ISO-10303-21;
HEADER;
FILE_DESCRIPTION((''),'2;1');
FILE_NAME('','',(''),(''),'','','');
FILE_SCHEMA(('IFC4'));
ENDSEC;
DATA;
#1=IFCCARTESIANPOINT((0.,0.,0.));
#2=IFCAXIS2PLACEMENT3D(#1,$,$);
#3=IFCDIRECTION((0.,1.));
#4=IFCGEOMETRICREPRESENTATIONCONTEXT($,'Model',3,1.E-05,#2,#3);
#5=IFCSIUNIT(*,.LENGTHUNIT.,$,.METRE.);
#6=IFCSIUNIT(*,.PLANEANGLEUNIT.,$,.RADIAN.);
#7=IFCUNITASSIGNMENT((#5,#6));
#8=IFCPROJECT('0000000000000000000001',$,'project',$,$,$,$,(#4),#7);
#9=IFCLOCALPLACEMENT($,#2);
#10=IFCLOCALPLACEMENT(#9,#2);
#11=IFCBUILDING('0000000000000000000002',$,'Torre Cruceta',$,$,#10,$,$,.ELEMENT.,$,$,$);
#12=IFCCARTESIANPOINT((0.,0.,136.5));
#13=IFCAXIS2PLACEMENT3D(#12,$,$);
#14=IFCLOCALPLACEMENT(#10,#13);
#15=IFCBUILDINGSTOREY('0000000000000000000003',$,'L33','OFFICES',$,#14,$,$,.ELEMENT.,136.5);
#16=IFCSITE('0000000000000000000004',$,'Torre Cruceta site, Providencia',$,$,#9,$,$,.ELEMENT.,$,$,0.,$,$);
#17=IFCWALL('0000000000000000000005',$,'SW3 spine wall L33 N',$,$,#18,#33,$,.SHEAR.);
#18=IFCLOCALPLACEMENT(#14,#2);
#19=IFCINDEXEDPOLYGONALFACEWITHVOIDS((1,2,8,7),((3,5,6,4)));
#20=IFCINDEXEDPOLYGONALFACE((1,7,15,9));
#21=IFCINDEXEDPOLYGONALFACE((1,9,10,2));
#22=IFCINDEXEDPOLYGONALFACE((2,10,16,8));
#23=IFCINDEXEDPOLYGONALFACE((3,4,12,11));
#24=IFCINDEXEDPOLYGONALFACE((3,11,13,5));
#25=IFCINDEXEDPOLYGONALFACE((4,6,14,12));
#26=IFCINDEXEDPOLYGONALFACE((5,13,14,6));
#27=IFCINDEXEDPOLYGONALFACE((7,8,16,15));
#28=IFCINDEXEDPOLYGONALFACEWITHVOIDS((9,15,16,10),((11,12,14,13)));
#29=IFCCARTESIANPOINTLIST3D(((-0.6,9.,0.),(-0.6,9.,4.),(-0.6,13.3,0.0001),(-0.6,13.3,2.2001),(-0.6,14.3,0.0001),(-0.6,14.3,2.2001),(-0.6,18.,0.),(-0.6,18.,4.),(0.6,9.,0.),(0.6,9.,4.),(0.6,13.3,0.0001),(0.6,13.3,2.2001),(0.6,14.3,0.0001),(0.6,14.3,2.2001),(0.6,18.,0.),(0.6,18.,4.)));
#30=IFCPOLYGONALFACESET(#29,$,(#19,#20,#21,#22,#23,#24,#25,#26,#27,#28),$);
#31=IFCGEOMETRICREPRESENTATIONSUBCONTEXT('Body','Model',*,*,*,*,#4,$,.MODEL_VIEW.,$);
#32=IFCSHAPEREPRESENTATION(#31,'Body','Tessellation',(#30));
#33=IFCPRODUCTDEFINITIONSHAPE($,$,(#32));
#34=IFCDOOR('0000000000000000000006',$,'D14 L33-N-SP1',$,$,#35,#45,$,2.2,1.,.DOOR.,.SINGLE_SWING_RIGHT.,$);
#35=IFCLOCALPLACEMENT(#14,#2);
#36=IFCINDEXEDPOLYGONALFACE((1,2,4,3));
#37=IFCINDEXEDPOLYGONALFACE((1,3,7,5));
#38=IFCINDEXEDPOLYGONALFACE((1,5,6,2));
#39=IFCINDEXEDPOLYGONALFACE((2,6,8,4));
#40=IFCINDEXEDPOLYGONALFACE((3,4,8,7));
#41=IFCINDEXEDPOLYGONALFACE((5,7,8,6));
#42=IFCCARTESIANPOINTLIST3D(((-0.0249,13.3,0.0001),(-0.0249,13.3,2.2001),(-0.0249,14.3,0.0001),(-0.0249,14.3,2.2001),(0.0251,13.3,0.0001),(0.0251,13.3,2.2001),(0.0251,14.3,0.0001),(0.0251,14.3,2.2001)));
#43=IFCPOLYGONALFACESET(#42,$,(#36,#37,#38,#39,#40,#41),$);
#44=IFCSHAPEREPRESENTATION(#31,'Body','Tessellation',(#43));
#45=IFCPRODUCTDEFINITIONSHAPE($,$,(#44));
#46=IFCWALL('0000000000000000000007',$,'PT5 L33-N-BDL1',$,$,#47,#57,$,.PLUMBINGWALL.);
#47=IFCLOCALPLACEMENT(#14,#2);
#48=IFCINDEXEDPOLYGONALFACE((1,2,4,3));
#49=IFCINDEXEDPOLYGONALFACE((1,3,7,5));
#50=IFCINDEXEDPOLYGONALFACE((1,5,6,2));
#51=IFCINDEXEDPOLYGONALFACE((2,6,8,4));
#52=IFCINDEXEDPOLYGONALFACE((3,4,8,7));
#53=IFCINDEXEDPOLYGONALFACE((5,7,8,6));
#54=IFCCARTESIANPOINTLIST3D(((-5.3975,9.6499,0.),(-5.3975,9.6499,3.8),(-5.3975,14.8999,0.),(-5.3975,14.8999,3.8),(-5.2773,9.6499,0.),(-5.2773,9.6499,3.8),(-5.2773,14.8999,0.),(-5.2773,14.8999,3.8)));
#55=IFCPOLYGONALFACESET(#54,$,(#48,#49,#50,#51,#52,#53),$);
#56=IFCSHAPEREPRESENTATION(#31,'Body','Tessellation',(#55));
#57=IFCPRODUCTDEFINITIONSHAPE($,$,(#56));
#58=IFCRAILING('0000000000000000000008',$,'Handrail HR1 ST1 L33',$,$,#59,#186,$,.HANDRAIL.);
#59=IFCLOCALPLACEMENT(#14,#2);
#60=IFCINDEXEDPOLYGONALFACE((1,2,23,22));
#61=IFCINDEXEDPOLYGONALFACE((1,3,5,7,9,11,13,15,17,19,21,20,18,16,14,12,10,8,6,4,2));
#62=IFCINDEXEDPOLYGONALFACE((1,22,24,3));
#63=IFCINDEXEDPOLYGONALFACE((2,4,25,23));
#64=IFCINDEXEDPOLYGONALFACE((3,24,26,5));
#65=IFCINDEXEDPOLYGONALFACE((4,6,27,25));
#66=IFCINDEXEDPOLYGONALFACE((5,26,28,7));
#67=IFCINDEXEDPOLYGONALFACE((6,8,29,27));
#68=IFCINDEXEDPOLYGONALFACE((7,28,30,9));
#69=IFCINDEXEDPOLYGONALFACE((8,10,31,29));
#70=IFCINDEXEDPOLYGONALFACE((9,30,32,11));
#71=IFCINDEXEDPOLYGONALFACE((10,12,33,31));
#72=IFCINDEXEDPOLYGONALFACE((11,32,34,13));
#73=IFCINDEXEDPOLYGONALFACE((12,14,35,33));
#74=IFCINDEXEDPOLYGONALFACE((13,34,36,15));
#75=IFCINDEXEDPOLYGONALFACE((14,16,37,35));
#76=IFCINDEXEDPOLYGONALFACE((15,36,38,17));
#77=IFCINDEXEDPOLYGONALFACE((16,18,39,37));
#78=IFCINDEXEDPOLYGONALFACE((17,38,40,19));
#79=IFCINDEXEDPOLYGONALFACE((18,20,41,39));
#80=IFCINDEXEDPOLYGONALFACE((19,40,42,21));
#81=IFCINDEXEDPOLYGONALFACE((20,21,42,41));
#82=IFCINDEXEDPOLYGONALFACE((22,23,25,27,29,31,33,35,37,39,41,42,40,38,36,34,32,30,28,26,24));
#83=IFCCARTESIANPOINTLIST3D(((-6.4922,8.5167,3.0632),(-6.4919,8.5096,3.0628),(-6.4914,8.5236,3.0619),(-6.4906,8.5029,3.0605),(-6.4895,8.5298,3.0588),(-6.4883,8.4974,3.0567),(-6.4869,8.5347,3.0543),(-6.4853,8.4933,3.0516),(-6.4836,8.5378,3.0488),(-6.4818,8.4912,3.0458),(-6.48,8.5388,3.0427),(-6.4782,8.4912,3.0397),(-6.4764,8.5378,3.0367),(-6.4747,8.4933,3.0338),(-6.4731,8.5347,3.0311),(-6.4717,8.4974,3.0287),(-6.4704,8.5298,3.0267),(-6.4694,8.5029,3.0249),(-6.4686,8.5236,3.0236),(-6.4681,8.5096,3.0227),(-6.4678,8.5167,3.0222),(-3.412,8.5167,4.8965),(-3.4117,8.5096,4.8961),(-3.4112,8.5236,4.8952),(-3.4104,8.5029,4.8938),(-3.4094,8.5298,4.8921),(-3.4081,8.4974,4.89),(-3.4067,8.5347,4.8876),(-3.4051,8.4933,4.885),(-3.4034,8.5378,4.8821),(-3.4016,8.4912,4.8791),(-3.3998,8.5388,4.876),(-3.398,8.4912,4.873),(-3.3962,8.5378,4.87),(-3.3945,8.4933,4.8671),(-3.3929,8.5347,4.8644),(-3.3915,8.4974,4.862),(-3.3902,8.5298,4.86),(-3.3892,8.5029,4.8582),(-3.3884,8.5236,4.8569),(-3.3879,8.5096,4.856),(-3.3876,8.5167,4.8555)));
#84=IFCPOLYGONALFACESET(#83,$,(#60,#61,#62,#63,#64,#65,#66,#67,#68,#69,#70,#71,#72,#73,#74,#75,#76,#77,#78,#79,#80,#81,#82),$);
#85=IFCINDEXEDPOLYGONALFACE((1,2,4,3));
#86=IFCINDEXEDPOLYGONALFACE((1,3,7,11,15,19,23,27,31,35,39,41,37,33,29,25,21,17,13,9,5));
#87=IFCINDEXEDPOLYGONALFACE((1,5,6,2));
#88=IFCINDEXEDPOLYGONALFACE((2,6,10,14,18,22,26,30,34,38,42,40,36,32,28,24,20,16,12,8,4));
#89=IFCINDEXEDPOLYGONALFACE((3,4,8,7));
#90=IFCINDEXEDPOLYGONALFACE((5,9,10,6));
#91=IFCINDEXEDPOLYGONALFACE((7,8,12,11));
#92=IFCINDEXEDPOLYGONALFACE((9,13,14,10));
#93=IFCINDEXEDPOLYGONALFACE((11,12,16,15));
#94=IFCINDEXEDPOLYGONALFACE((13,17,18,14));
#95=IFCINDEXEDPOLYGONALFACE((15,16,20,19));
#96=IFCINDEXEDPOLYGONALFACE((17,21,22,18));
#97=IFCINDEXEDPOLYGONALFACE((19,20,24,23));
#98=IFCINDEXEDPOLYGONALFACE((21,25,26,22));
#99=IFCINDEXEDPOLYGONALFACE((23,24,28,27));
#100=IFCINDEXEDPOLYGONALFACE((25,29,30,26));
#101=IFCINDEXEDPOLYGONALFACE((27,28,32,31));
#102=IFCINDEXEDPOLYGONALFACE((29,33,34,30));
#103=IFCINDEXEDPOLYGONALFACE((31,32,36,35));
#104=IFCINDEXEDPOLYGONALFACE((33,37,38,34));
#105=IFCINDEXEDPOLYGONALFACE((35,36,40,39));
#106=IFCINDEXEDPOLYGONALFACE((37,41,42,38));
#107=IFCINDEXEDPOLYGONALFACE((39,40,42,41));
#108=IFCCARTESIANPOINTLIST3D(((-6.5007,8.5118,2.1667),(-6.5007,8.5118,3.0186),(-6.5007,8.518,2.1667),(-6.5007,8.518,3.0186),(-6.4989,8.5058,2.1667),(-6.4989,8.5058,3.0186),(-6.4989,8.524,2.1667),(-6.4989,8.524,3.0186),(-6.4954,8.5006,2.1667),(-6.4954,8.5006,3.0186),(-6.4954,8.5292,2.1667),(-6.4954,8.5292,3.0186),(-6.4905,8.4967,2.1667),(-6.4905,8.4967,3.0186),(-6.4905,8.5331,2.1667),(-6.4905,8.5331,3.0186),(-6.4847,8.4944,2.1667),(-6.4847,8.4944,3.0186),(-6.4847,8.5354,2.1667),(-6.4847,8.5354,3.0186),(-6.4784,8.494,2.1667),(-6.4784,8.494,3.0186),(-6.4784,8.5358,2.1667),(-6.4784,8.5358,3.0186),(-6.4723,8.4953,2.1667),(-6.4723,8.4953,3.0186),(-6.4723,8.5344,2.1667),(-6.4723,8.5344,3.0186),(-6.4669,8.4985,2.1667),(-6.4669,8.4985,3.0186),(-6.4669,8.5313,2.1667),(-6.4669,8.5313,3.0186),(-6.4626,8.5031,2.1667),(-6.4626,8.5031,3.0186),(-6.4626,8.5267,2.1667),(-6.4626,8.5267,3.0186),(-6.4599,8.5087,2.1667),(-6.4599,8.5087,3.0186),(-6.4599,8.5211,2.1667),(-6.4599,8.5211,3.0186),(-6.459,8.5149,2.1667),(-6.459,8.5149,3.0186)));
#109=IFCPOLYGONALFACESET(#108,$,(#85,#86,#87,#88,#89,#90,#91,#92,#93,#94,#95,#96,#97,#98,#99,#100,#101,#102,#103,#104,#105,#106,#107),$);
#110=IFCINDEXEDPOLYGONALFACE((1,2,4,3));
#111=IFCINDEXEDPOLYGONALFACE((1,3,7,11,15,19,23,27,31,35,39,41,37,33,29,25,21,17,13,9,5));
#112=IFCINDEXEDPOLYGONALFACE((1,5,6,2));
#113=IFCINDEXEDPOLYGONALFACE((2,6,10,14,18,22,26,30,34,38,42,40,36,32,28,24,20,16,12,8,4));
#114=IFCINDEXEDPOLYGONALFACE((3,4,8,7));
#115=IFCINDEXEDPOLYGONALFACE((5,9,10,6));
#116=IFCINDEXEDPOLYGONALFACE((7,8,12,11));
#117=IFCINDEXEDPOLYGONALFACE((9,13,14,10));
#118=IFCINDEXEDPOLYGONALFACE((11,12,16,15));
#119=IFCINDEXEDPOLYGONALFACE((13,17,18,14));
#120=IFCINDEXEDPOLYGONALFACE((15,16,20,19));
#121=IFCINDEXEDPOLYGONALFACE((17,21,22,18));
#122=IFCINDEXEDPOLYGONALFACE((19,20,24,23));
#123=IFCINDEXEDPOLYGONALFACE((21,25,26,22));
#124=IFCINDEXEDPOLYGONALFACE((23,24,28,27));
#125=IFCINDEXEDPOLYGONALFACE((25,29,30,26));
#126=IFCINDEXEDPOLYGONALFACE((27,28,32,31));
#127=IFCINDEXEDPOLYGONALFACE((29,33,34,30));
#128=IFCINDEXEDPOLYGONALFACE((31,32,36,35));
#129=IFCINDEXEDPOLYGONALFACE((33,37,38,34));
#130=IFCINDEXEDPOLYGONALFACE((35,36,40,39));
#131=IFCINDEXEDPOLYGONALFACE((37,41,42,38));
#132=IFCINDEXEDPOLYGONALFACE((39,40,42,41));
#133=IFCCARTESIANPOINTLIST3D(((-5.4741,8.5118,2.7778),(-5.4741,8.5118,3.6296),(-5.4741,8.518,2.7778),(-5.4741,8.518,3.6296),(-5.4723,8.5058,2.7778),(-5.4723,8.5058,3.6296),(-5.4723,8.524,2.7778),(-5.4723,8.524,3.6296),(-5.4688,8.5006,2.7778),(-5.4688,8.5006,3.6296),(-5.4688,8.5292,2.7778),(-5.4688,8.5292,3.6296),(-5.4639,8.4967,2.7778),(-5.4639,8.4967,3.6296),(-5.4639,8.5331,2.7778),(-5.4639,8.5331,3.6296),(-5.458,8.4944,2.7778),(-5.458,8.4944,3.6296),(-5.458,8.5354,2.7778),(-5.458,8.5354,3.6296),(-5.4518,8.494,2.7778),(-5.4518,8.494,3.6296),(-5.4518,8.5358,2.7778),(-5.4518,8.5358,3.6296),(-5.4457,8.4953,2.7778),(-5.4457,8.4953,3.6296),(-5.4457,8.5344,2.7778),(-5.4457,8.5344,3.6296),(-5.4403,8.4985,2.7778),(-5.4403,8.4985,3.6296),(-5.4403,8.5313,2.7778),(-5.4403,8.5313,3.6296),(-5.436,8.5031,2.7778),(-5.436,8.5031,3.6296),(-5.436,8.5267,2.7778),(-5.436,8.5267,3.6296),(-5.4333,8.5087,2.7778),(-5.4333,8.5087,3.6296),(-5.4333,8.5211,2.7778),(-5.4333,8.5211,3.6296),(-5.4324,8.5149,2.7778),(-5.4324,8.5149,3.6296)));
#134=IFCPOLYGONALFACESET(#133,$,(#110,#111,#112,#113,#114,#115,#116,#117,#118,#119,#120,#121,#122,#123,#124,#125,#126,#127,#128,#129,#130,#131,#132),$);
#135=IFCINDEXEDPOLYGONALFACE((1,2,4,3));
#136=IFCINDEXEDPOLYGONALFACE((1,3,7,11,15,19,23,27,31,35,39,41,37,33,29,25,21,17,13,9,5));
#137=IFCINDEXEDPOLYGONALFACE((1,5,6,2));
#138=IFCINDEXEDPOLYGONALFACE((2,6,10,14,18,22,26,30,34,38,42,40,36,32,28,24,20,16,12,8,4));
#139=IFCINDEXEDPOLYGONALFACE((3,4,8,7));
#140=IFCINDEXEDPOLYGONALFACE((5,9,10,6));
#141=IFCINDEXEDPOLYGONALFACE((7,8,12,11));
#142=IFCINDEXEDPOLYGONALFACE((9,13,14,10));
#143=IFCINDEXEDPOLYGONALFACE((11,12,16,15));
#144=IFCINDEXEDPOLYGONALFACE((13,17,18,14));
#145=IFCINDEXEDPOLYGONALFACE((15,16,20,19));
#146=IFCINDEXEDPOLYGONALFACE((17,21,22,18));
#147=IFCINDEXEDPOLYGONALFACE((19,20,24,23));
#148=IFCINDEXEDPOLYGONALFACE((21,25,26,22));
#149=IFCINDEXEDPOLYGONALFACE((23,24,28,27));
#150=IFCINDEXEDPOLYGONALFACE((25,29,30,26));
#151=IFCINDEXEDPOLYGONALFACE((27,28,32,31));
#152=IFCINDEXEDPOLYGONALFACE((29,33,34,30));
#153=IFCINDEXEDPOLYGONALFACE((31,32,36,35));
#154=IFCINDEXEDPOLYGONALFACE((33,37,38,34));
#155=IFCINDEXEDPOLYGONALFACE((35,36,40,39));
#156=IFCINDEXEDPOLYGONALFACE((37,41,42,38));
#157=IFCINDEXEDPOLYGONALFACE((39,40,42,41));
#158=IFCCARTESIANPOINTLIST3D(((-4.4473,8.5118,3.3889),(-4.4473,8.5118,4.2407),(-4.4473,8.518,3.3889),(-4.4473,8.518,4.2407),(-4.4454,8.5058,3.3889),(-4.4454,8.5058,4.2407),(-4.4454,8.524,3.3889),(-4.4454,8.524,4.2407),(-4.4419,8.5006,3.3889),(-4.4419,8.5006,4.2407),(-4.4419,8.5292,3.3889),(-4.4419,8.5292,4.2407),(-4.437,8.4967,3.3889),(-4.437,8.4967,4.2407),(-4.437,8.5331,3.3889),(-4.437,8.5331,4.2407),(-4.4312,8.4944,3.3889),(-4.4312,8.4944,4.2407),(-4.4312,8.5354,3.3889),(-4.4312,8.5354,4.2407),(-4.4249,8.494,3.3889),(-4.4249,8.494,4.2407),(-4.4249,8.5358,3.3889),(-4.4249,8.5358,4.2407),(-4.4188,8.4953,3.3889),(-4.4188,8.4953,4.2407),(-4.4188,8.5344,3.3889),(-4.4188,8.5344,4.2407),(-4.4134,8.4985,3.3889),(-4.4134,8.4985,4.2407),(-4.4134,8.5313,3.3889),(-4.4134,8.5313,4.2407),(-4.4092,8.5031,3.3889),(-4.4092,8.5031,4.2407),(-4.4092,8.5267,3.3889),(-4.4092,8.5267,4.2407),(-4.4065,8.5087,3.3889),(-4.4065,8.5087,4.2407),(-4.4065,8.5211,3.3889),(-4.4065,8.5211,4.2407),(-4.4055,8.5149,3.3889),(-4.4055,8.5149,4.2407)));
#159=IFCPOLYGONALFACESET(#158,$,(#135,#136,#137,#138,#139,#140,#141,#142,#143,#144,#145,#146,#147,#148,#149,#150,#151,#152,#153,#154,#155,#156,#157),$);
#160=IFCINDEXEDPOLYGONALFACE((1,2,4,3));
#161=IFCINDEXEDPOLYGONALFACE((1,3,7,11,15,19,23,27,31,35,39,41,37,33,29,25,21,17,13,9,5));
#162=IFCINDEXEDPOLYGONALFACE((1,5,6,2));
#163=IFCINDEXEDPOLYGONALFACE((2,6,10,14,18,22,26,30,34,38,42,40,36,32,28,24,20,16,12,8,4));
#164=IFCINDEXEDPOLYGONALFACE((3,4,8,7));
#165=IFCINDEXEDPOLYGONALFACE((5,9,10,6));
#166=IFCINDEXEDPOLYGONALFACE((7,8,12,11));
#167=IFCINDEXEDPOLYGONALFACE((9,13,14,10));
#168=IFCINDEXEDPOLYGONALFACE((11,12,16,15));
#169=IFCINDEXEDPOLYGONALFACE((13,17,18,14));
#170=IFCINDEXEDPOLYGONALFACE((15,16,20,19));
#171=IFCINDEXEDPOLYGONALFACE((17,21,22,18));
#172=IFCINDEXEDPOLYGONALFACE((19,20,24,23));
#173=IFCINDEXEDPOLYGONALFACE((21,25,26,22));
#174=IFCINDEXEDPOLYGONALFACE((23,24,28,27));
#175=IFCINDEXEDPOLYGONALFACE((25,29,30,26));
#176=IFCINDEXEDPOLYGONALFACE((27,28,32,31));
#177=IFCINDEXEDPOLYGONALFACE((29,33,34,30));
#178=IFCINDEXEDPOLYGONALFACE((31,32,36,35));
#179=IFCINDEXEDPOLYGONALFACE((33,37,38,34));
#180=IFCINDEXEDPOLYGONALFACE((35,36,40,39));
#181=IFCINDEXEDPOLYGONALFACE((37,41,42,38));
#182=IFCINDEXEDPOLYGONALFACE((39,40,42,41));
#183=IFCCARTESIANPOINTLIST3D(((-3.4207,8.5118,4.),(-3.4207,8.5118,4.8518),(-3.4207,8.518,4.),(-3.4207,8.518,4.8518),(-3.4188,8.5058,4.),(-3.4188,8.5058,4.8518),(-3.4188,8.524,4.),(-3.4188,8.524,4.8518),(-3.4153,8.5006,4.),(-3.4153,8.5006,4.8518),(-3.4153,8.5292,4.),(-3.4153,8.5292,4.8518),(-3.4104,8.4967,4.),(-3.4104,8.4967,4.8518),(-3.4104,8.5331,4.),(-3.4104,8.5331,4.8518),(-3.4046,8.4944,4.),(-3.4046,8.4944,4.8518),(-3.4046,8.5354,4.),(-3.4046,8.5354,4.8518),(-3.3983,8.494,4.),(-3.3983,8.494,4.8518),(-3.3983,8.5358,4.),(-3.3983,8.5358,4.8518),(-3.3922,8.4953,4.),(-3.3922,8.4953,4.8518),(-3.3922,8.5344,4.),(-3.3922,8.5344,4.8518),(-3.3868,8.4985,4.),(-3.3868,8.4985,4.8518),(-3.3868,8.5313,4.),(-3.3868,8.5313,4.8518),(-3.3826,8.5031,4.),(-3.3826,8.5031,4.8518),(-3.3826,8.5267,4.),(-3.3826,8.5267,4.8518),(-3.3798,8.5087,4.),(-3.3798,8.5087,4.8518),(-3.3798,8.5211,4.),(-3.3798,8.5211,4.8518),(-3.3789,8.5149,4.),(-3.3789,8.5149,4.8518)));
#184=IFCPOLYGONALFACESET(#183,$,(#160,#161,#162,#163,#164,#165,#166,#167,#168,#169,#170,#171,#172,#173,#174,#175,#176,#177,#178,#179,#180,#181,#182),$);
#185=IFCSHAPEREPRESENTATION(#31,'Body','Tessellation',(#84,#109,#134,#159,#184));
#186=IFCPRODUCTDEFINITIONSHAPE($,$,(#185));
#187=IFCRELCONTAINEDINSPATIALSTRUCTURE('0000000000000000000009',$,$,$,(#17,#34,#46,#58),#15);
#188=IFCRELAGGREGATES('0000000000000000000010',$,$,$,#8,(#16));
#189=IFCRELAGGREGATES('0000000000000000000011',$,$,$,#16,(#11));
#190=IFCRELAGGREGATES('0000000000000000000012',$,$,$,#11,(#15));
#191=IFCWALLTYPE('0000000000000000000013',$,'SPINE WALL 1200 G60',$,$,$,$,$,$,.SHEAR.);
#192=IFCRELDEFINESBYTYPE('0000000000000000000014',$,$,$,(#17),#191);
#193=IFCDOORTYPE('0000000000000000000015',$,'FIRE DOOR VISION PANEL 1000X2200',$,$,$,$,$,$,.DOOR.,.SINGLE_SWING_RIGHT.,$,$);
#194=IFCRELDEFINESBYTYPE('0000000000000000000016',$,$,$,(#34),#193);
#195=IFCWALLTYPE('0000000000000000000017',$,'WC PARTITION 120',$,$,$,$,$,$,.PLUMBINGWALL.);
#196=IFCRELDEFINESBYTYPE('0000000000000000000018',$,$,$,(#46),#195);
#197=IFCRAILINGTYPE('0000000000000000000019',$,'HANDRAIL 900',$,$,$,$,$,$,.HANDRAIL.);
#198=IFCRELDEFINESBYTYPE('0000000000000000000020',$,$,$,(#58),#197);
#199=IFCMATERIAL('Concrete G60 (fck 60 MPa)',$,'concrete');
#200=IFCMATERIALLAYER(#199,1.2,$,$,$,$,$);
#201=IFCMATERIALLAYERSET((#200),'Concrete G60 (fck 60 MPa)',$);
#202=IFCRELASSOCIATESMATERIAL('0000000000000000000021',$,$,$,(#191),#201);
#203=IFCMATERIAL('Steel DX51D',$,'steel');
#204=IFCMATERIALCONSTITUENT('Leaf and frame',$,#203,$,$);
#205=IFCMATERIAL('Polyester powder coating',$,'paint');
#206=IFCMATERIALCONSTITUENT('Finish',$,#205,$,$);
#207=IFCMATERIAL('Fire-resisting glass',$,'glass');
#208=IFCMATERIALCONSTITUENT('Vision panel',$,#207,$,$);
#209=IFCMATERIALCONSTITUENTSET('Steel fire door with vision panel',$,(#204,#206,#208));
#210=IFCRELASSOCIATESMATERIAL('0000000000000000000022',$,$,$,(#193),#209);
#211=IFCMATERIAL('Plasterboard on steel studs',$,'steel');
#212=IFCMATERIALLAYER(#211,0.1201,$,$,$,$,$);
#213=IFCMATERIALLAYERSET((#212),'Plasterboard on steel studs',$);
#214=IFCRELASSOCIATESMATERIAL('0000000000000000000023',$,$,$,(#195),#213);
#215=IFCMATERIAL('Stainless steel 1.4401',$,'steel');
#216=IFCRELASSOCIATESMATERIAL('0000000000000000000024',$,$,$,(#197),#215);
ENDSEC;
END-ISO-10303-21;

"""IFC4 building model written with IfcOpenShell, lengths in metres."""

from ifc_helpers import new_model, si_unit, direction, frame, frame_2d, origin, origin_2d, place, context, subcontext, project, spatial, rectangle, circle, extrude, material, layer, layer_set, constituent, constituent_set, type_object, element, fill, save


model = new_model("IFC4")

# Units and contexts
model_context = context("Model", 3, precision=1e-05, world=origin(), true_north=direction((0.0, 1.0)))
body_context = subcontext(model_context, "Body", "Model", "MODEL_VIEW")
ifc_project = project(units=[si_unit("LENGTHUNIT", "METRE"), si_unit("PLANEANGLEUNIT", "RADIAN")], contexts=[model_context])

# Site, building, storey
site_placement = place(None, origin())
site = spatial("IfcSite", under=ifc_project, at=site_placement, Name="Torre Cruceta site, Providencia", CompositionType="ELEMENT", RefElevation=0.0)
building_placement = place(site_placement, origin())
building = spatial("IfcBuilding", under=site, at=building_placement, Name="Torre Cruceta", CompositionType="ELEMENT")
storey_placement = place(building_placement, frame((0.0, 0.0, 136.5)))
storey = spatial("IfcBuildingStorey", under=building, at=storey_placement, Name="L33", Description="OFFICES", CompositionType="ELEMENT", Elevation=136.5)

# Wall, opening, door
ifc_material_1 = material(Name="Concrete G60 (fck 60 MPa)", Category="concrete")
ifc_layer_1 = layer(ifc_material_1, 1.2)
ifc_layer_set_1 = layer_set([ifc_layer_1], Name="Concrete G60 (fck 60 MPa)")
wall_type_1 = type_object("IfcWallType", Name="SPINE WALL 1200 G60", PredefinedType="SHEAR", material=ifc_layer_set_1)
wall_1_placement = place(storey_placement, frame((0.0, 9.0, 0.0), z_axis=(0.0, 0.0, 1.0), x_axis=(0.0, 1.0, 0.0)))
wall_1 = element("IfcWall", 1, at=wall_1_placement, inside=storey, type_object=wall_type_1, Name="SW3 spine wall L33 N", PredefinedType="SHEAR", context=body_context, shape_type="SweptSolid", body=[
    extrude(rectangle(XDim=9.0, YDim=1.2, at=frame_2d((4.5, 0.0))), origin(), (0.0, 0.0, 1.0), 4.0),
])
opening_1_placement = place(wall_1_placement, frame((4.3, 0.0, 0.0)))
opening_1 = element("IfcOpeningElement", 2, at=opening_1_placement, cuts=wall_1, PredefinedType="OPENING", context=body_context, shape_type="SweptSolid", body=[
    extrude(rectangle(XDim=1.0, YDim=2.2, at=frame_2d((0.5, 1.1001))), frame((0.0, 0.6099, 0.0), z_axis=(0.0, -1.0, 0.0), x_axis=(1.0, 0.0, 0.0)), (0.0, 0.0, 1.0), 1.22),
])
ifc_material_2 = material(Name="Steel DX51D", Category="steel")
ifc_constituent_1 = constituent(ifc_material_2, Name="Leaf and frame")
ifc_material_3 = material(Name="Polyester powder coating", Category="paint")
ifc_constituent_2 = constituent(ifc_material_3, Name="Finish")
ifc_material_4 = material(Name="Fire-resisting glass", Category="glass")
ifc_constituent_3 = constituent(ifc_material_4, Name="Vision panel")
ifc_constituent_set_1 = constituent_set(constituents=[ifc_constituent_1, ifc_constituent_2, ifc_constituent_3], Name="Steel fire door with vision panel")
door_type_1 = type_object("IfcDoorType", Name="FIRE DOOR VISION PANEL 1000X2200", OperationType="SINGLE_SWING_RIGHT", PredefinedType="DOOR", material=ifc_constituent_set_1)
door_1_placement = place(opening_1_placement, origin())
door_1 = element("IfcDoor", 3, at=door_1_placement, inside=storey, type_object=door_type_1, Name="D14 L33-N-SP1", OperationType="SINGLE_SWING_RIGHT", OverallHeight=2.2, OverallWidth=1.0, PredefinedType="DOOR", context=body_context, shape_type="SweptSolid", body=[
    extrude(rectangle(XDim=1.0, YDim=2.2, at=frame_2d((0.5, 1.1001))), frame((0.0, 0.0249, 0.0), z_axis=(0.0, -1.0, 0.0), x_axis=(1.0, 0.0, 0.0)), (0.0, 0.0, 1.0), 0.05),
])
fill(opening_1, door_1)

# Wall
ifc_material_5 = material(Name="Plasterboard on steel studs", Category="steel")
ifc_layer_2 = layer(ifc_material_5, 0.1201)
ifc_layer_set_2 = layer_set([ifc_layer_2], Name="Plasterboard on steel studs")
wall_type_2 = type_object("IfcWallType", Name="WC PARTITION 120", PredefinedType="PLUMBINGWALL", material=ifc_layer_set_2)
wall_2_placement = place(storey_placement, frame((-5.3374, 9.6499, 0.0), z_axis=(0.0, 0.0, 1.0), x_axis=(0.0, 1.0, 0.0)))
element("IfcWall", 4, at=wall_2_placement, inside=storey, type_object=wall_type_2, Name="PT5 L33-N-BDL1", PredefinedType="PLUMBINGWALL", context=body_context, shape_type="SweptSolid", body=[
    extrude(rectangle(XDim=5.25, YDim=0.1201, at=frame_2d((2.625, 0.0))), origin(), (0.0, 0.0, 1.0), 3.8),
])

# Railing
ifc_material_6 = material(Name="Stainless steel 1.4401", Category="steel")
railing_type = type_object("IfcRailingType", Name="HANDRAIL 900", PredefinedType="HANDRAIL", material=ifc_material_6)
railing_placement = place(storey_placement, frame((-6.48, 8.5149, 2.1667)))
element("IfcRailing", 5, at=railing_placement, inside=storey, type_object=railing_type, Name="Handrail HR1 ST1 L33", PredefinedType="HANDRAIL", context=body_context, shape_type="SweptSolid", body=[
    extrude(circle(Radius=0.0239, at=origin_2d()), frame((0.0, 0.0, 0.876), z_axis=(0.859309, 0.0, 0.511458), x_axis=(0.0, 1.0, 0.0)), (0.0, 0.0, 1.0), 3.5845),
    extrude(circle(Radius=0.021, at=origin_2d()), origin(), (0.0, 0.0, 1.0), 0.8518),
    extrude(circle(Radius=0.021, at=origin_2d()), frame((1.0266, 0.0, 0.6111)), (0.0, 0.0, 1.0), 0.8518),
    extrude(circle(Radius=0.021, at=origin_2d()), frame((2.0535, 0.0, 1.2222)), (0.0, 0.0, 1.0), 0.8518),
    extrude(circle(Radius=0.021, at=origin_2d()), frame((3.0801, 0.0, 1.8333)), (0.0, 0.0, 1.0), 0.8518),
])

save(model, "model.ifc")
